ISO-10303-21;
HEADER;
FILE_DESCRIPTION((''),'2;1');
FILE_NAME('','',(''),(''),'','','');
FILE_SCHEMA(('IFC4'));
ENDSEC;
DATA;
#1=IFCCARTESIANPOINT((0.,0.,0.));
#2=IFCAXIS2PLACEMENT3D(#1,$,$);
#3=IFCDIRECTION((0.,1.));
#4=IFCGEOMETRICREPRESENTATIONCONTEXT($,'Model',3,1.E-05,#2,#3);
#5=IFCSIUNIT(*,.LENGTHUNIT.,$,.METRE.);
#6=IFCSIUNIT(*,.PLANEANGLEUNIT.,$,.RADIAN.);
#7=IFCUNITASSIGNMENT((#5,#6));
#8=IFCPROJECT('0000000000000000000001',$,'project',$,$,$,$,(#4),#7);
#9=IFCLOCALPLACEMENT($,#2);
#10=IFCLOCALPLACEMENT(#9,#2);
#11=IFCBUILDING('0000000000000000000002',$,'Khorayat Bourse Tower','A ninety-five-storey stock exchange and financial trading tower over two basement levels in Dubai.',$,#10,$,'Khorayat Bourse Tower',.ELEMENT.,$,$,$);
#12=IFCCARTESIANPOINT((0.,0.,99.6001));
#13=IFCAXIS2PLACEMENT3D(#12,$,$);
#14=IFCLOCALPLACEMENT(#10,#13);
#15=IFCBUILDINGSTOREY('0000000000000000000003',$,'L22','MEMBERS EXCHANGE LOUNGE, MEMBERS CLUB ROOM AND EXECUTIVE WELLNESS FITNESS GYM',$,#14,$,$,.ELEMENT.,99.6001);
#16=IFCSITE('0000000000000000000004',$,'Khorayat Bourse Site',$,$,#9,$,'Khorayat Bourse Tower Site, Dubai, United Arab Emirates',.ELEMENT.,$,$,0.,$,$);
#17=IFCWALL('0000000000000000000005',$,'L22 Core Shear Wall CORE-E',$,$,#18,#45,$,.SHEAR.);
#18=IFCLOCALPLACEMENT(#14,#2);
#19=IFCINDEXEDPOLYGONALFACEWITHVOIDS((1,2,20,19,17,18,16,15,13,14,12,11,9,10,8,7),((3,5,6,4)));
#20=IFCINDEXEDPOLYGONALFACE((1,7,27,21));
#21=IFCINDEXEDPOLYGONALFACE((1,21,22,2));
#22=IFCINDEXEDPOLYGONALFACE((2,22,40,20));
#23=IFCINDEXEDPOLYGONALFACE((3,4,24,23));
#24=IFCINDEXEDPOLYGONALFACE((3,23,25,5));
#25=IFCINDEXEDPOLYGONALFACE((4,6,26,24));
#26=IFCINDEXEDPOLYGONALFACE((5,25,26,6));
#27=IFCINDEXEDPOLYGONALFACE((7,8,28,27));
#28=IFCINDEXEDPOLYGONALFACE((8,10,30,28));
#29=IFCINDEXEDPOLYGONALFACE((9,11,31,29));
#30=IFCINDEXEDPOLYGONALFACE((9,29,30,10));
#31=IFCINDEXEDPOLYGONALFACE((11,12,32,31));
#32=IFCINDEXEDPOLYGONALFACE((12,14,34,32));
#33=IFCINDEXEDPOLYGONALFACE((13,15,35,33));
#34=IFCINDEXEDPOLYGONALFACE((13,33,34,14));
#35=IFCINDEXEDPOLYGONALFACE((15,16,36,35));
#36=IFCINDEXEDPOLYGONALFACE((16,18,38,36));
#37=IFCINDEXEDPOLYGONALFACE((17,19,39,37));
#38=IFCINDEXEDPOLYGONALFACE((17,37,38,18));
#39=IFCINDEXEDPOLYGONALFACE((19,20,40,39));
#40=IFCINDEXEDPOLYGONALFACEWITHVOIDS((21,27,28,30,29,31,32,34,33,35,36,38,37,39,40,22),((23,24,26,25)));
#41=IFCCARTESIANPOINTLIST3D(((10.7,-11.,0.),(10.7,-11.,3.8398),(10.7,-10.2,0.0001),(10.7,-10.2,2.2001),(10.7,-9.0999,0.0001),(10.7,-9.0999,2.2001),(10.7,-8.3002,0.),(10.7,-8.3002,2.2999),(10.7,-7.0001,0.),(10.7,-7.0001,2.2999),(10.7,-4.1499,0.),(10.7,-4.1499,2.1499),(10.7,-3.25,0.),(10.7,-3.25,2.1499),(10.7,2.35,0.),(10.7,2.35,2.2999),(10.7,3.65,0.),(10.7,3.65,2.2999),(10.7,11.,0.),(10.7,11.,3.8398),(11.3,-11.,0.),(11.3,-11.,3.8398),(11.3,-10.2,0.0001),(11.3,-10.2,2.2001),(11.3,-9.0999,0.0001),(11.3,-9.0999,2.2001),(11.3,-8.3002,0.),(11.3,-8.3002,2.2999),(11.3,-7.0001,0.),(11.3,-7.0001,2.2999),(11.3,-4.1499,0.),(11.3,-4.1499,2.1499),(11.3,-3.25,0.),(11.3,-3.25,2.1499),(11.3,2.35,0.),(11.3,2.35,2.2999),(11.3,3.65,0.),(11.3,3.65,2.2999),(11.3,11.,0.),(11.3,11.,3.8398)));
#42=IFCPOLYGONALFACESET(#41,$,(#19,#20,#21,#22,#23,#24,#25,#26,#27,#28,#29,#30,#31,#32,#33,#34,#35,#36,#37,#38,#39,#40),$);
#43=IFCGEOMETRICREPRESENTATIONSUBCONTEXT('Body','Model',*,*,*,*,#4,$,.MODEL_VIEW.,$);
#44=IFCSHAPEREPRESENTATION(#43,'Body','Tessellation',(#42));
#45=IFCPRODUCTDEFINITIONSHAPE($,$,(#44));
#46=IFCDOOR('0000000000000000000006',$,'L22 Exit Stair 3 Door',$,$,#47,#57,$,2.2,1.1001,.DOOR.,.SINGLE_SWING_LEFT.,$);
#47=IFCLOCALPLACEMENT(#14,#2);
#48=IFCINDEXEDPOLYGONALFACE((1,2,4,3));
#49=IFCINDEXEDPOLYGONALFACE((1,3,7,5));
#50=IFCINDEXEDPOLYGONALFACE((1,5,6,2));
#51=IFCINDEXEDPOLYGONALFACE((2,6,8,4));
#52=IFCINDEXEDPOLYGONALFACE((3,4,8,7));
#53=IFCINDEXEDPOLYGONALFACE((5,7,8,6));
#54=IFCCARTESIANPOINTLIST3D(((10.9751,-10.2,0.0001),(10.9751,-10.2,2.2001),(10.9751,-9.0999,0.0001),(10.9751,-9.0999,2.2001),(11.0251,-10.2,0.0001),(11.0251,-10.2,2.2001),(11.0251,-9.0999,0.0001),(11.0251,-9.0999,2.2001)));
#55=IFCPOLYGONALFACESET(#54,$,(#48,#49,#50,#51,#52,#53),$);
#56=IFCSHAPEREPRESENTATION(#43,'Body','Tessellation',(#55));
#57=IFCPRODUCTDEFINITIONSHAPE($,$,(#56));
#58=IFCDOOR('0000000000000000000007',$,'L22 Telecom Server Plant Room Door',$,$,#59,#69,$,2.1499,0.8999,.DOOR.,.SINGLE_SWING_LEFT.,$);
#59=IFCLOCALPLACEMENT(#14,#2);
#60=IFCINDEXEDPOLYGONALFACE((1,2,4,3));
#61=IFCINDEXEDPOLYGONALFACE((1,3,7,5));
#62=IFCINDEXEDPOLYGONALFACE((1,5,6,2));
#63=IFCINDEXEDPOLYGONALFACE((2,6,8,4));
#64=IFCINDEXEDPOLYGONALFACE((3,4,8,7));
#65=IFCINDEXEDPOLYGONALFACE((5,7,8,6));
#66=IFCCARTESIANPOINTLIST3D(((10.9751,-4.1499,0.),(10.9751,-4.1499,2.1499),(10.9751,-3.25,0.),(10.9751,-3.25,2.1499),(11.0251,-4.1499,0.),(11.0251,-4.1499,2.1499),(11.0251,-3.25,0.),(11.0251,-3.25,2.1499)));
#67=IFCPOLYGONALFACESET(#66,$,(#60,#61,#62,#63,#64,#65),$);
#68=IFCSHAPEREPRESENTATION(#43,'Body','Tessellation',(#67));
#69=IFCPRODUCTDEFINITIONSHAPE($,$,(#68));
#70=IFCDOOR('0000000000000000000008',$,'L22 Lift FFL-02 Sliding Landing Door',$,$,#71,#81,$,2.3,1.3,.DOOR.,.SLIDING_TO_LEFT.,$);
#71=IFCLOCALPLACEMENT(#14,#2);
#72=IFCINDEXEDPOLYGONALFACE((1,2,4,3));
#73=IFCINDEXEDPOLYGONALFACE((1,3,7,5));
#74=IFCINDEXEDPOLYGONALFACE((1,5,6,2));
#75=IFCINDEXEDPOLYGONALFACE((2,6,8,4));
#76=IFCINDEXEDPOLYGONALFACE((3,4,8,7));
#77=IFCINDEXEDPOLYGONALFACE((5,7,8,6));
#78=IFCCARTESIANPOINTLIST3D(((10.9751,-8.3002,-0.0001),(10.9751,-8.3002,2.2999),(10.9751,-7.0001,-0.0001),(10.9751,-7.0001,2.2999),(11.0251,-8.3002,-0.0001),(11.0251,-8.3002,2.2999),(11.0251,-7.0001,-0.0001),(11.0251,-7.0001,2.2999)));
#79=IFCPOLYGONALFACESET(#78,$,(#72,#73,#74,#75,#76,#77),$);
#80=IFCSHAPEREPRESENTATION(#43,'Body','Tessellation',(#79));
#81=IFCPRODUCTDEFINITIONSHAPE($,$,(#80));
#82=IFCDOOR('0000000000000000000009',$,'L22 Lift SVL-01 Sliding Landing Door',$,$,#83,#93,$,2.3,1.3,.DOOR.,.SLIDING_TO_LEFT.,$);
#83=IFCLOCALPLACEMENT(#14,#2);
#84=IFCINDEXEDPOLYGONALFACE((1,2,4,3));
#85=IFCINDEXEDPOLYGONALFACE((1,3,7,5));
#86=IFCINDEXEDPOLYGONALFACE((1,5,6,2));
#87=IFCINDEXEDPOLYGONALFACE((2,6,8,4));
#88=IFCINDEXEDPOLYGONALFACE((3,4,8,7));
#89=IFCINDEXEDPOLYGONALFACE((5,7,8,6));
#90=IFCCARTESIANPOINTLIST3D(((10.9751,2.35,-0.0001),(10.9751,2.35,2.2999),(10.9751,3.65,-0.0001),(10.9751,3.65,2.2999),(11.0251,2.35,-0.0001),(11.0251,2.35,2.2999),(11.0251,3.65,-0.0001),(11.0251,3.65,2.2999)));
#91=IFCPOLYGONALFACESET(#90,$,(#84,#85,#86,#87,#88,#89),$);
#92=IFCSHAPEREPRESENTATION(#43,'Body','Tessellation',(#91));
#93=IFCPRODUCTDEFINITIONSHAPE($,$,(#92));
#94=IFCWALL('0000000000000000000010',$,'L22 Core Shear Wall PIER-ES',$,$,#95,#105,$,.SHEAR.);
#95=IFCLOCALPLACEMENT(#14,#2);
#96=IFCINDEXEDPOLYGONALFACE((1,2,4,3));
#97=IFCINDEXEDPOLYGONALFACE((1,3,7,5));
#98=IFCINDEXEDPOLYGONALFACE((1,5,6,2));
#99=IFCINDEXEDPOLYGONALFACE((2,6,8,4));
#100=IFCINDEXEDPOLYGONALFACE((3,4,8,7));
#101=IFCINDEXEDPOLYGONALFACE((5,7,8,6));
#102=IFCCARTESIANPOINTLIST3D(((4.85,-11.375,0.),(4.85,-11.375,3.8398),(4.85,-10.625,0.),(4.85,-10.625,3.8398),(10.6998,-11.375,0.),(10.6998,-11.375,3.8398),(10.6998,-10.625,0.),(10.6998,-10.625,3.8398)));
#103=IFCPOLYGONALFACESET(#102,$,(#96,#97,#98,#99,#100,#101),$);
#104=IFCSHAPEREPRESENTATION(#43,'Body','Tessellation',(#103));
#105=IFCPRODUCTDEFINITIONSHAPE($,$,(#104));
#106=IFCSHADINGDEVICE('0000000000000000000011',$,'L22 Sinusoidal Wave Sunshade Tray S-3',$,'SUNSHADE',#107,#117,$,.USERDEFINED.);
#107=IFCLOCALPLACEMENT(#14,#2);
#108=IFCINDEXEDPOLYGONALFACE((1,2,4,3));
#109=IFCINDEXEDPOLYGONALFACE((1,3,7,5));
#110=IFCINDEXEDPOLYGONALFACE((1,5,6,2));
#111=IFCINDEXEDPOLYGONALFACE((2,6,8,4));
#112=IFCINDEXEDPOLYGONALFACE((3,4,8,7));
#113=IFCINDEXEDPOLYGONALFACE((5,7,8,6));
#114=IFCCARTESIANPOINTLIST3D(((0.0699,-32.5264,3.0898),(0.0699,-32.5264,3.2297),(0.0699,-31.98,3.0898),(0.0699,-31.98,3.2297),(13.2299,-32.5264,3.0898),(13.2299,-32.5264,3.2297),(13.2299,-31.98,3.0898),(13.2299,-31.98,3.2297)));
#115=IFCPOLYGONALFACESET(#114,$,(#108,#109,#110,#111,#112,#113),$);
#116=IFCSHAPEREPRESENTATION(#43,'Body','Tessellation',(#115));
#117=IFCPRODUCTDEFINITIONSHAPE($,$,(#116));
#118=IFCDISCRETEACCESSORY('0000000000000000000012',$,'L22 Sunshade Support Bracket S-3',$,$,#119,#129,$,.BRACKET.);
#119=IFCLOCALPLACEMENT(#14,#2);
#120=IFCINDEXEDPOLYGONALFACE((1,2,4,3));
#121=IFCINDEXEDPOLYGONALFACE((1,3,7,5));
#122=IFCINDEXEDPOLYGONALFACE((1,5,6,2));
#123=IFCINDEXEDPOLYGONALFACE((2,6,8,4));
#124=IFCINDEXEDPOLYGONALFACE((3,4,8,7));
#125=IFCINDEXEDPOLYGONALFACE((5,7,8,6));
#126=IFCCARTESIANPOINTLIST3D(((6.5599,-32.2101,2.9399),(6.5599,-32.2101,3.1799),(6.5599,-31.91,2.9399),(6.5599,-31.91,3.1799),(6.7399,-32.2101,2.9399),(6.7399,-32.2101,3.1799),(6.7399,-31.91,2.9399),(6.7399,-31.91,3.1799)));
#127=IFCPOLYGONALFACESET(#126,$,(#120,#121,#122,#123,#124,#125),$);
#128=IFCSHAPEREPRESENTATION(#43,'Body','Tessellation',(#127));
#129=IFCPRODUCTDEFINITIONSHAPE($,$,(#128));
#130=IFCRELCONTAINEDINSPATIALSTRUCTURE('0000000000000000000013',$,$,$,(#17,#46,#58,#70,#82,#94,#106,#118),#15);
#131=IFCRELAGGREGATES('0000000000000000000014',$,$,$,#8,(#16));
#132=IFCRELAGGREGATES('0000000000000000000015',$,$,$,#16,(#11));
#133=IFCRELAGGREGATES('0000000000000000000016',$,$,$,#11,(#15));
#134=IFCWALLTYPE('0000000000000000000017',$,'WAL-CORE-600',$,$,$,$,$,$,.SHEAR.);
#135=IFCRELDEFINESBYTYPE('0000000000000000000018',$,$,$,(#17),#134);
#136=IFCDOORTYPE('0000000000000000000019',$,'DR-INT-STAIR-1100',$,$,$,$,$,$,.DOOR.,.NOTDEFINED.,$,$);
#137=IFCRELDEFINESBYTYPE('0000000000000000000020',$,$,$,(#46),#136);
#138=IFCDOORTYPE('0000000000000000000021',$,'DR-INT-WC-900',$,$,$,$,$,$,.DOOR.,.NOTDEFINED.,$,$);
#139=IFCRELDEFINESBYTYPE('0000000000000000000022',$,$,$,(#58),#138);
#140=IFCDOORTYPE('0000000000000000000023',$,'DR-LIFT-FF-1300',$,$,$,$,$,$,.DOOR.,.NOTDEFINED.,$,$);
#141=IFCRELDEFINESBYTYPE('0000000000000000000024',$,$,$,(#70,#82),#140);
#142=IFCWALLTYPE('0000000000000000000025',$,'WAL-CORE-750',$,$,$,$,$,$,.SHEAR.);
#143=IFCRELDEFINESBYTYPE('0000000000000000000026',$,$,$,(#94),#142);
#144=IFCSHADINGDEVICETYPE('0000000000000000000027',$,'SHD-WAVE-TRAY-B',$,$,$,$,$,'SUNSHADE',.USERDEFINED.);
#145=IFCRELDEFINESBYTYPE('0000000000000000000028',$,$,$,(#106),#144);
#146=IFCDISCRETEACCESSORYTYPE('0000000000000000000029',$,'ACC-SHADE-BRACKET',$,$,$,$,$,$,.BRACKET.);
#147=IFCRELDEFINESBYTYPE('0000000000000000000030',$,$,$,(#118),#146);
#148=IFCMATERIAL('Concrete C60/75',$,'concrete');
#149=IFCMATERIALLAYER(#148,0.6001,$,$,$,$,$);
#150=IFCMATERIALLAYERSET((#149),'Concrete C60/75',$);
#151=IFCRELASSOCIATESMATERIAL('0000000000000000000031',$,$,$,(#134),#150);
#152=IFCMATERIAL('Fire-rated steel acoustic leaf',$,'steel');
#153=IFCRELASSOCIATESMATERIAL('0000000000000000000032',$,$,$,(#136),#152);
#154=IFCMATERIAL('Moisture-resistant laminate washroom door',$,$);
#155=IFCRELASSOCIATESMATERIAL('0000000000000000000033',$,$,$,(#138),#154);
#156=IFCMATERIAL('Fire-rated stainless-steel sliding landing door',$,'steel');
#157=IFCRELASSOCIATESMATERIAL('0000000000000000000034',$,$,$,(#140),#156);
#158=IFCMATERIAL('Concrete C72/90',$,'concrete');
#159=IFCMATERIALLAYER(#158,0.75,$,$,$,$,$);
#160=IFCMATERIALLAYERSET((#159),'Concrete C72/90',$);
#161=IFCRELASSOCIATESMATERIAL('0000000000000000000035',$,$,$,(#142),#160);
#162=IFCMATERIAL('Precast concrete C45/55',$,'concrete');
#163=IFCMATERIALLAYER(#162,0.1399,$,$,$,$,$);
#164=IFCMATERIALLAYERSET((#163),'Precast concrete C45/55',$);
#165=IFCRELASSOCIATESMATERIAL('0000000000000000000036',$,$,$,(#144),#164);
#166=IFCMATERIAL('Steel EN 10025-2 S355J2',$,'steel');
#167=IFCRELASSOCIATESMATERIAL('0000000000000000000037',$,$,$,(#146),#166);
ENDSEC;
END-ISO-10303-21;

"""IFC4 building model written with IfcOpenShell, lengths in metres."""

from ifc_helpers import new_model, si_unit, direction, frame, frame_2d, origin, origin_2d, place, context, subcontext, project, spatial, rectangle, extrude, source, transform, mapped, material, layer, layer_set, type_object, element, fill, save


model = new_model("IFC4")

# Units and contexts
model_context = context("Model", 3, precision=1e-05, world=origin(), true_north=direction((0.0, 1.0)))
body_context = subcontext(model_context, "Body", "Model", "MODEL_VIEW")
ifc_project = project(units=[si_unit("LENGTHUNIT", "METRE"), si_unit("PLANEANGLEUNIT", "RADIAN")], contexts=[model_context])

# Site, building, storey
site_placement = place(None, origin())
site = spatial("IfcSite", under=ifc_project, at=site_placement, Name="Khorayat Bourse Site", LongName="Khorayat Bourse Tower Site, Dubai, United Arab Emirates", CompositionType="ELEMENT", RefElevation=0.0)
building_placement = place(site_placement, origin())
building = spatial("IfcBuilding", under=site, at=building_placement, Name="Khorayat Bourse Tower", Description="A ninety-five-storey stock exchange and financial trading tower over two basement levels in Dubai.", LongName="Khorayat Bourse Tower", CompositionType="ELEMENT")
storey_placement = place(building_placement, frame((0.0, 0.0, 99.6001)))
storey = spatial("IfcBuildingStorey", under=building, at=storey_placement, Name="L22", Description="MEMBERS EXCHANGE LOUNGE, MEMBERS CLUB ROOM AND EXECUTIVE WELLNESS FITNESS GYM", CompositionType="ELEMENT", Elevation=99.6001)

# Shared definitions
ifc_material_1 = material(Name="Concrete C72/90", Category="concrete")

# Shared definitions
ifc_material_2 = material(Name="Steel EN 10025-2 S355J2", Category="steel")

# Wall, openings, doors
ifc_material_3 = material(Name="Concrete C60/75", Category="concrete")
ifc_layer_1 = layer(ifc_material_3, 0.6001)
ifc_layer_set_1 = layer_set([ifc_layer_1], Name="Concrete C60/75")
wall_type_1 = type_object("IfcWallType", Name="WAL-CORE-600", PredefinedType="SHEAR", material=ifc_layer_set_1)
shared_shape_1 = source(origin(), body_context, "Body", "SweptSolid", [
    extrude(rectangle(XDim=22.0, YDim=0.6001, at=frame_2d((11.0, 0.0))), origin(), (0.0, 0.0, 1.0), 3.8398),
])
wall_1_placement = place(storey_placement, frame((11.0, -11.0, 0.0), z_axis=(0.0, 0.0, 1.0), x_axis=(0.0, 1.0, 0.0)))
wall_1 = element("IfcWall", 1, at=wall_1_placement, inside=storey, type_object=wall_type_1, Name="L22 Core Shear Wall CORE-E", PredefinedType="SHEAR", context=body_context, shape_type="MappedRepresentation", body=[
    mapped(shared_shape_1, transform((0.0, 0.0, 0.0), scale=1.0)),
])
shared_shape_2 = source(origin(), body_context, "Body", "SweptSolid", [
    extrude(rectangle(XDim=1.1001, YDim=2.2, at=frame_2d((0.55, 1.1001))), frame((0.0, 0.3101, 0.0), z_axis=(0.0, -1.0, 0.0), x_axis=(1.0, 0.0, 0.0)), (0.0, 0.0, 1.0), 0.6201),
])
opening_1_placement = place(wall_1_placement, frame((0.8, 0.0, 0.0)))
opening_1 = element("IfcOpeningElement", 2, at=opening_1_placement, cuts=wall_1, PredefinedType="OPENING", context=body_context, shape_type="MappedRepresentation", body=[
    mapped(shared_shape_2, transform((0.0, 0.0, 0.0), scale=1.0)),
])
shared_shape_3 = source(origin(), body_context, "Body", "SweptSolid", [
    extrude(rectangle(XDim=0.8999, YDim=2.1499, at=frame_2d((0.45, 1.075))), frame((0.0, 0.3101, 0.0), z_axis=(0.0, -1.0, 0.0), x_axis=(1.0, 0.0, 0.0)), (0.0, 0.0, 1.0), 0.6201),
])
opening_2_placement = place(wall_1_placement, frame((6.8501, 0.0, 0.0)))
opening_2 = element("IfcOpeningElement", 3, at=opening_2_placement, cuts=wall_1, PredefinedType="OPENING", context=body_context, shape_type="MappedRepresentation", body=[
    mapped(shared_shape_3, transform((0.0, 0.0, 0.0), scale=1.0)),
])
shared_shape_4 = source(origin(), body_context, "Body", "SweptSolid", [
    extrude(rectangle(XDim=1.3, YDim=2.3, at=frame_2d((0.6499, 1.1499))), frame((0.0, 0.3101, 0.0), z_axis=(0.0, -1.0, 0.0), x_axis=(1.0, 0.0, 0.0)), (0.0, 0.0, 1.0), 0.6201),
])
opening_3_placement = place(wall_1_placement, frame((2.7, 0.0, 0.0)))
opening_3 = element("IfcOpeningElement", 4, at=opening_3_placement, cuts=wall_1, PredefinedType="OPENING", context=body_context, shape_type="MappedRepresentation", body=[
    mapped(shared_shape_4, transform((0.0, 0.0, 0.0), scale=1.0)),
])
opening_4_placement = place(wall_1_placement, frame((13.3501, 0.0, 0.0)))
opening_4 = element("IfcOpeningElement", 5, at=opening_4_placement, cuts=wall_1, PredefinedType="OPENING", context=body_context, shape_type="MappedRepresentation", body=[
    mapped(shared_shape_4, transform((0.0, 0.0, 0.0), scale=1.0)),
])
ifc_material_4 = material(Name="Fire-rated steel acoustic leaf", Category="steel")
door_type_1 = type_object("IfcDoorType", Name="DR-INT-STAIR-1100", OperationType="NOTDEFINED", PredefinedType="DOOR", material=ifc_material_4)
shared_shape_5 = source(origin(), body_context, "Body", "SweptSolid", [
    extrude(rectangle(XDim=1.1001, YDim=2.2, at=frame_2d((0.55, 1.1001))), frame((0.0, 0.0249, 0.0), z_axis=(0.0, -1.0, 0.0), x_axis=(1.0, 0.0, 0.0)), (0.0, 0.0, 1.0), 0.05),
])
door_1_placement = place(opening_1_placement, origin())
door_1 = element("IfcDoor", 6, at=door_1_placement, inside=storey, type_object=door_type_1, Name="L22 Exit Stair 3 Door", OperationType="SINGLE_SWING_LEFT", OverallHeight=2.2, OverallWidth=1.1001, PredefinedType="DOOR", context=body_context, shape_type="MappedRepresentation", body=[
    mapped(shared_shape_5, transform((0.0, 0.0, 0.0), scale=1.0)),
])
fill(opening_1, door_1)
ifc_material_5 = material(Name="Moisture-resistant laminate washroom door")
door_type_2 = type_object("IfcDoorType", Name="DR-INT-WC-900", OperationType="NOTDEFINED", PredefinedType="DOOR", material=ifc_material_5)
shared_shape_6 = source(origin(), body_context, "Body", "SweptSolid", [
    extrude(rectangle(XDim=0.8999, YDim=2.1499, at=frame_2d((0.45, 1.075))), frame((0.0, 0.0249, 0.0), z_axis=(0.0, -1.0, 0.0), x_axis=(1.0, 0.0, 0.0)), (0.0, 0.0, 1.0), 0.05),
])
door_2_placement = place(opening_2_placement, origin())
door_2 = element("IfcDoor", 7, at=door_2_placement, inside=storey, type_object=door_type_2, Name="L22 Telecom Server Plant Room Door", OperationType="SINGLE_SWING_LEFT", OverallHeight=2.1499, OverallWidth=0.8999, PredefinedType="DOOR", context=body_context, shape_type="MappedRepresentation", body=[
    mapped(shared_shape_6, transform((0.0, 0.0, 0.0), scale=1.0)),
])
fill(opening_2, door_2)
ifc_material_6 = material(Name="Fire-rated stainless-steel sliding landing door", Category="steel")
door_type_3 = type_object("IfcDoorType", Name="DR-LIFT-FF-1300", OperationType="NOTDEFINED", PredefinedType="DOOR", material=ifc_material_6)
shared_shape_7 = source(origin(), body_context, "Body", "SweptSolid", [
    extrude(rectangle(XDim=1.3, YDim=2.3, at=frame_2d((0.6499, 1.1499))), frame((0.0, 0.0249, 0.0), z_axis=(0.0, -1.0, 0.0), x_axis=(1.0, 0.0, 0.0)), (0.0, 0.0, 1.0), 0.05),
])
door_3_placement = place(opening_3_placement, origin())
door_3 = element("IfcDoor", 8, at=door_3_placement, inside=storey, type_object=door_type_3, Name="L22 Lift FFL-02 Sliding Landing Door", OperationType="SLIDING_TO_LEFT", OverallHeight=2.3, OverallWidth=1.3, PredefinedType="DOOR", context=body_context, shape_type="MappedRepresentation", body=[
    mapped(shared_shape_7, transform((0.0, 0.0, 0.0), scale=1.0)),
])
fill(opening_3, door_3)
door_4_placement = place(opening_4_placement, origin())
door_4 = element("IfcDoor", 9, at=door_4_placement, inside=storey, type_object=door_type_3, Name="L22 Lift SVL-01 Sliding Landing Door", OperationType="SLIDING_TO_LEFT", OverallHeight=2.3, OverallWidth=1.3, PredefinedType="DOOR", context=body_context, shape_type="MappedRepresentation", body=[
    mapped(shared_shape_7, transform((0.0, 0.0, 0.0), scale=1.0)),
])
fill(opening_4, door_4)

# Wall
ifc_layer_2 = layer(ifc_material_1, 0.75)
ifc_layer_set_2 = layer_set([ifc_layer_2], Name="Concrete C72/90")
wall_type_2 = type_object("IfcWallType", Name="WAL-CORE-750", PredefinedType="SHEAR", material=ifc_layer_set_2)
shared_shape_8 = source(origin(), body_context, "Body", "SweptSolid", [
    extrude(rectangle(XDim=5.8499, YDim=0.75, at=frame_2d((2.9248, 0.0))), origin(), (0.0, 0.0, 1.0), 3.8398),
])
wall_2_placement = place(storey_placement, frame((4.8501, -11.0, 0.0), z_axis=(0.0, 0.0, 1.0), x_axis=(1.0, 0.0, 0.0)))
element("IfcWall", 10, at=wall_2_placement, inside=storey, type_object=wall_type_2, Name="L22 Core Shear Wall PIER-ES", PredefinedType="SHEAR", context=body_context, shape_type="MappedRepresentation", body=[
    mapped(shared_shape_8, transform((0.0, 0.0, 0.0), scale=1.0)),
])

# Shading device
ifc_material_7 = material(Name="Precast concrete C45/55", Category="concrete")
ifc_layer_3 = layer(ifc_material_7, 0.1399)
ifc_layer_set_3 = layer_set([ifc_layer_3], Name="Precast concrete C45/55")
shading_device_type = type_object("IfcShadingDeviceType", Name="SHD-WAVE-TRAY-B", ElementType="SUNSHADE", PredefinedType="USERDEFINED", material=ifc_layer_set_3)
shared_shape_9 = source(origin(), body_context, "Body", "SweptSolid", [
    extrude(rectangle(XDim=13.1599, YDim=0.5464, at=origin_2d()), origin(), (0.0, 0.0, 1.0), 0.1399),
])
shading_device_placement = place(storey_placement, frame((6.6499, -32.2532, 3.0898), z_axis=(0.0, 0.0, 1.0), x_axis=(1.0, 0.0, 0.0)))
element("IfcShadingDevice", 11, at=shading_device_placement, inside=storey, type_object=shading_device_type, Name="L22 Sinusoidal Wave Sunshade Tray S-3", ObjectType="SUNSHADE", PredefinedType="USERDEFINED", context=body_context, shape_type="MappedRepresentation", body=[
    mapped(shared_shape_9, transform((0.0, 0.0, 0.0), scale=1.0)),
])

# Discrete accessory
discrete_accessory_type = type_object("IfcDiscreteAccessoryType", Name="ACC-SHADE-BRACKET", PredefinedType="BRACKET", material=ifc_material_2)
shared_shape_10 = source(origin(), body_context, "Body", "SweptSolid", [
    extrude(rectangle(XDim=0.1799, YDim=0.3, at=origin_2d()), origin(), (0.0, 0.0, 1.0), 0.24),
])
discrete_accessory_placement = place(storey_placement, frame((6.6499, -32.0601, 2.9399), z_axis=(0.0, 0.0, 1.0), x_axis=(1.0, 0.0, 0.0)))
element("IfcDiscreteAccessory", 12, at=discrete_accessory_placement, inside=storey, type_object=discrete_accessory_type, Name="L22 Sunshade Support Bracket S-3", PredefinedType="BRACKET", context=body_context, shape_type="MappedRepresentation", body=[
    mapped(shared_shape_10, transform((0.0, 0.0, 0.0), scale=1.0)),
])

save(model, "model.ifc")
